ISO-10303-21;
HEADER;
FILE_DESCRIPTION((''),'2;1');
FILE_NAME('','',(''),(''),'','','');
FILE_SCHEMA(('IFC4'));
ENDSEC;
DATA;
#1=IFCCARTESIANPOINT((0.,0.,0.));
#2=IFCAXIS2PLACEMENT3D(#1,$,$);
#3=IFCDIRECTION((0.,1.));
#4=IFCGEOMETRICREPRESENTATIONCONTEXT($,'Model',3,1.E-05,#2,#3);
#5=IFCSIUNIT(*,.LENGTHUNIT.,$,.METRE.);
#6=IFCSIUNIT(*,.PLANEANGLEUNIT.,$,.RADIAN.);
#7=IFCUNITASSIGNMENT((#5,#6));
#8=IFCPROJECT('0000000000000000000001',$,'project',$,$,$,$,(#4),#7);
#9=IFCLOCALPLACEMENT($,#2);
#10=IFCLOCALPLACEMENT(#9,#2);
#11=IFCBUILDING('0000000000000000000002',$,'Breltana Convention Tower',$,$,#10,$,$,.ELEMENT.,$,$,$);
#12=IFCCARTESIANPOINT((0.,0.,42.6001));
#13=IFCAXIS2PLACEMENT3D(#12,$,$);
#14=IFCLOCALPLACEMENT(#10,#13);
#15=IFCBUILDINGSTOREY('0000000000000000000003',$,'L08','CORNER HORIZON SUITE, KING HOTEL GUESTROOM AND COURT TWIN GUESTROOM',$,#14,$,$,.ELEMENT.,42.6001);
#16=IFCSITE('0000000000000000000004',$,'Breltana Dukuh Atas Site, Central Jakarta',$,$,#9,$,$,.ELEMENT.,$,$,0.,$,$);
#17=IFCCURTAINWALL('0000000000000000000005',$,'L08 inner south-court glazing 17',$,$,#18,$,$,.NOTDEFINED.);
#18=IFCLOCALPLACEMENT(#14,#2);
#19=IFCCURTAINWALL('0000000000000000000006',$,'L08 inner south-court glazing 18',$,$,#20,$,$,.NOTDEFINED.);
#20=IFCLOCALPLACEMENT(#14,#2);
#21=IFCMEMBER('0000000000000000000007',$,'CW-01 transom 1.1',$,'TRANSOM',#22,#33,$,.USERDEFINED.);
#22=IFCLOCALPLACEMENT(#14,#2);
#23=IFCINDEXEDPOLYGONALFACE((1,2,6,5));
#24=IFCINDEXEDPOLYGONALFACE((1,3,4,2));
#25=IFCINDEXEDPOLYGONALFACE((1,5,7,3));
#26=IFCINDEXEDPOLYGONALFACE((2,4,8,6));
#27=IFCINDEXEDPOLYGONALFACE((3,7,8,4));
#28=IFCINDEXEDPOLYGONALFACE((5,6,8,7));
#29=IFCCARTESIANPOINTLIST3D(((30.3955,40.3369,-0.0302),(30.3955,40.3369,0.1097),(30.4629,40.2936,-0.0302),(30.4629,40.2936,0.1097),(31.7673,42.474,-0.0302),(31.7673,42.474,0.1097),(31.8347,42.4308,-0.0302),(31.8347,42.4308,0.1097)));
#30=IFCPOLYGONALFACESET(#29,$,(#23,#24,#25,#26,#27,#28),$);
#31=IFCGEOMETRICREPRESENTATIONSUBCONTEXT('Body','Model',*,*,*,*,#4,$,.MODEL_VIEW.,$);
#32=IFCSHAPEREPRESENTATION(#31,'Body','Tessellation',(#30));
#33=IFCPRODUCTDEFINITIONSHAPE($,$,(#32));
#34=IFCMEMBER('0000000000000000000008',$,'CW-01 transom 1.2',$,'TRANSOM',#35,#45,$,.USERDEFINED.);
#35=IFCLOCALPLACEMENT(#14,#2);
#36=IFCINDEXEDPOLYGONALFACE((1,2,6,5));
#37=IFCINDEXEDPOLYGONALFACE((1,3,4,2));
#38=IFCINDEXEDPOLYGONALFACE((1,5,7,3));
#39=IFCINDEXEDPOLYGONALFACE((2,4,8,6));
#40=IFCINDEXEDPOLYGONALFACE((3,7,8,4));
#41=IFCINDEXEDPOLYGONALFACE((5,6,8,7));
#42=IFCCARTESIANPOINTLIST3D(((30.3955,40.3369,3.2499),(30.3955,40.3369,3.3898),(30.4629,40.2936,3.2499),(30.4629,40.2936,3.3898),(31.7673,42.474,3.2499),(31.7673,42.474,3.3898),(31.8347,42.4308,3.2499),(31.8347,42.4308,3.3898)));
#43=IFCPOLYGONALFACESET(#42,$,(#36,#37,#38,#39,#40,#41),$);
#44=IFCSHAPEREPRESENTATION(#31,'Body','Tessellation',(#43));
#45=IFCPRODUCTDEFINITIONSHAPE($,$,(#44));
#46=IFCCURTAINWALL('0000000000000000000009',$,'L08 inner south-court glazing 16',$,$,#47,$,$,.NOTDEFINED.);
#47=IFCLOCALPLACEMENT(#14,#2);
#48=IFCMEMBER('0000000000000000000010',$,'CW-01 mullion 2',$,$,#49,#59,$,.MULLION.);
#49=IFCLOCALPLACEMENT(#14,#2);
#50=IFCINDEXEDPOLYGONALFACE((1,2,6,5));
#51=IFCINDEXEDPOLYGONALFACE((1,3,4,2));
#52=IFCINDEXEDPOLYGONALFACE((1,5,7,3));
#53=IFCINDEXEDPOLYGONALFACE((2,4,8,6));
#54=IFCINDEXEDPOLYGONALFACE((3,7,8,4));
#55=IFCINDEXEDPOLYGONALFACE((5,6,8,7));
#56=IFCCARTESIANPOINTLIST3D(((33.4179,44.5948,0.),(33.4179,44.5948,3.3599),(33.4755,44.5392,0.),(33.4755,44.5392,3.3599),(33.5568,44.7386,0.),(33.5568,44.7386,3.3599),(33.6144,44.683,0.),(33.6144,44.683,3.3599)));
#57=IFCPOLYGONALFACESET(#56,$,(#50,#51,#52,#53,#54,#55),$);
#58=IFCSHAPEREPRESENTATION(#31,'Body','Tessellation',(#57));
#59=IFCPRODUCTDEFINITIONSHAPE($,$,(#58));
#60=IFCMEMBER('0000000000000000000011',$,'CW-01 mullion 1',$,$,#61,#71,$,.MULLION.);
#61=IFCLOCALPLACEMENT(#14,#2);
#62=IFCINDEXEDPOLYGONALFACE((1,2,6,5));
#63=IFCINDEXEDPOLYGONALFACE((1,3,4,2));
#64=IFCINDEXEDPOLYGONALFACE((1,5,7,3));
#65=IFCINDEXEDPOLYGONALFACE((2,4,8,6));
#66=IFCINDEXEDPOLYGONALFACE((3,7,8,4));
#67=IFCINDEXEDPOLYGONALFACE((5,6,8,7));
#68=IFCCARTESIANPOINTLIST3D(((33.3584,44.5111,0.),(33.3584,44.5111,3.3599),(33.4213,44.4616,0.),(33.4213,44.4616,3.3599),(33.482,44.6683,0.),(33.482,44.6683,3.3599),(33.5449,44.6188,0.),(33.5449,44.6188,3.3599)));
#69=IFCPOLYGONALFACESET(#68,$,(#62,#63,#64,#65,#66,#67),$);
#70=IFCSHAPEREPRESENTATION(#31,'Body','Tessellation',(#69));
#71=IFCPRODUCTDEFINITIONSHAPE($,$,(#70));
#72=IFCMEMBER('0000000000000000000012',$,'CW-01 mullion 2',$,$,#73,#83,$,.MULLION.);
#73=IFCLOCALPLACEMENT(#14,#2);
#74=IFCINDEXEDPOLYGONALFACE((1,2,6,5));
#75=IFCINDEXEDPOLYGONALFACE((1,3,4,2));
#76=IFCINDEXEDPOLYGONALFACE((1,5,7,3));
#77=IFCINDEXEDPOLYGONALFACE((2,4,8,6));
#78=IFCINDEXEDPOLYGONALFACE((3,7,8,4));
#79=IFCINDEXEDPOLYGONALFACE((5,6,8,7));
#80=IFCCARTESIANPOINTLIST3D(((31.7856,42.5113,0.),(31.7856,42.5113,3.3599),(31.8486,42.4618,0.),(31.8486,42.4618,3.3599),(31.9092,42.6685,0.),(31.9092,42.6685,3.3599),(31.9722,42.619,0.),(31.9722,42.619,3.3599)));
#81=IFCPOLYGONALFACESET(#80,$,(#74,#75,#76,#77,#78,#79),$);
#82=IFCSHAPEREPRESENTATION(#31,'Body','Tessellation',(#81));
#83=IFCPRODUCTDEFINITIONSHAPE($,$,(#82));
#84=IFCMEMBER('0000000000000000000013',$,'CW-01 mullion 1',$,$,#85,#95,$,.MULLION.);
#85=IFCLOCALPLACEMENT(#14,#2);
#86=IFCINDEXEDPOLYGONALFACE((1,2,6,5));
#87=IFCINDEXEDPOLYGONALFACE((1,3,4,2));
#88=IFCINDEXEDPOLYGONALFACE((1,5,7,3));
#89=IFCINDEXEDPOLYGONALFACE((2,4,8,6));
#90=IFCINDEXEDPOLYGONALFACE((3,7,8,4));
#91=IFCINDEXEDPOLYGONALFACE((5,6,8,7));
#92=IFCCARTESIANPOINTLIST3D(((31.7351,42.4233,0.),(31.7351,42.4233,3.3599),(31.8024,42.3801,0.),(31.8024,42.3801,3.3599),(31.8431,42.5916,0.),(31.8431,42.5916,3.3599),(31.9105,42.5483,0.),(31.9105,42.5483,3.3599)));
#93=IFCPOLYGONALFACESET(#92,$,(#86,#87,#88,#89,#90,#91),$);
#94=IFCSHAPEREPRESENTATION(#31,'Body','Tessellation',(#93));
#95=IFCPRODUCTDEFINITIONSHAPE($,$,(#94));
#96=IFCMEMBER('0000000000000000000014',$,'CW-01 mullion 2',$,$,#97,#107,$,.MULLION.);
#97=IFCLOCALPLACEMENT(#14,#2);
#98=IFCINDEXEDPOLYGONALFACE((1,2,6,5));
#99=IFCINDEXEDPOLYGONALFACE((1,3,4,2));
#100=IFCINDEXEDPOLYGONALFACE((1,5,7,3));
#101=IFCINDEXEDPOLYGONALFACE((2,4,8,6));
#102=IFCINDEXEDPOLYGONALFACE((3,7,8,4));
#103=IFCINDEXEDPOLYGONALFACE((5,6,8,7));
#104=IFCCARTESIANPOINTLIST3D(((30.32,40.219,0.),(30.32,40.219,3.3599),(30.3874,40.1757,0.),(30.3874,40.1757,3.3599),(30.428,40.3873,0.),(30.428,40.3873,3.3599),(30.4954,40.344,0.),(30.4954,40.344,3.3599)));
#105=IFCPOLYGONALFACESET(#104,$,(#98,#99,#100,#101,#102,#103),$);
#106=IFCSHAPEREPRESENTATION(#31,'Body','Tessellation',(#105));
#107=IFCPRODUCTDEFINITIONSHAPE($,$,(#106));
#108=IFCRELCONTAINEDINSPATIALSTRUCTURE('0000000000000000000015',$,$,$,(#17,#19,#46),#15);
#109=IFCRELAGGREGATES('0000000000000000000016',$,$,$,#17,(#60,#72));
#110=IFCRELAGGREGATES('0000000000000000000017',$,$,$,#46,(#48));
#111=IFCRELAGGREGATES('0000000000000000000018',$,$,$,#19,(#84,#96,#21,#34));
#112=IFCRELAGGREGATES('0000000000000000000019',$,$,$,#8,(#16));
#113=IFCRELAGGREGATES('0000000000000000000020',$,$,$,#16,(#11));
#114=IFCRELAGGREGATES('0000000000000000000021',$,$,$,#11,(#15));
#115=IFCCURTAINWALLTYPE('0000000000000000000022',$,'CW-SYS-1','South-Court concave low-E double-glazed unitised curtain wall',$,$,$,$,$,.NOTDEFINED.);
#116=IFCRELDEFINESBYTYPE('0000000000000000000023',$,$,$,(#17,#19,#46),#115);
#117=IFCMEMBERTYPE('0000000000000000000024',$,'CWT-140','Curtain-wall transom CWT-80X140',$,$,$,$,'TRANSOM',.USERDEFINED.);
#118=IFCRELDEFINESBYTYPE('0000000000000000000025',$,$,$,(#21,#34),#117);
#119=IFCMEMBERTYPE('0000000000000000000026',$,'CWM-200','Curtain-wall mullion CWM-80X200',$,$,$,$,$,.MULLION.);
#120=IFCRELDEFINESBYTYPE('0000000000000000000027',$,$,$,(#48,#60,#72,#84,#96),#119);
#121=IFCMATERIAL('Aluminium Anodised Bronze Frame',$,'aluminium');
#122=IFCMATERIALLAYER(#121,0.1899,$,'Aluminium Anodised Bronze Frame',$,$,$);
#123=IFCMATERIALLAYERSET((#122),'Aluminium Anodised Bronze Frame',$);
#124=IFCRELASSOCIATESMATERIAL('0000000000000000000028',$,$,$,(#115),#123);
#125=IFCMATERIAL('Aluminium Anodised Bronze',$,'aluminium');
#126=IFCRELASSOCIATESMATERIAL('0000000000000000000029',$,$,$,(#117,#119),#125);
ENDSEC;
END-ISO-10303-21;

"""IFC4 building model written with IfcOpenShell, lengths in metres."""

from ifc_helpers import new_model, si_unit, direction, frame, origin, origin_2d, place, context, subcontext, project, spatial, rectangle, extrude, source, transform, mapped, material, layer, layer_set, material_profile, profile_set, type_object, element, aggregate, save


model = new_model("IFC4")

# Units and contexts
model_context = context("Model", 3, precision=1e-05, world=origin(), true_north=direction((0.0, 1.0)))
body_context = subcontext(model_context, "Body", "Model", "MODEL_VIEW")
ifc_project = project(units=[si_unit("LENGTHUNIT", "METRE"), si_unit("PLANEANGLEUNIT", "RADIAN")], contexts=[model_context])

# Site, building, storey
site_placement = place(None, origin())
site = spatial("IfcSite", under=ifc_project, at=site_placement, Name="Breltana Dukuh Atas Site, Central Jakarta", CompositionType="ELEMENT", RefElevation=0.0)
building_placement = place(site_placement, origin())
building = spatial("IfcBuilding", under=site, at=building_placement, Name="Breltana Convention Tower", CompositionType="ELEMENT")
storey_placement = place(building_placement, frame((0.0, 0.0, 42.6001)))
storey = spatial("IfcBuildingStorey", under=building, at=storey_placement, Name="L08", Description="CORNER HORIZON SUITE, KING HOTEL GUESTROOM AND COURT TWIN GUESTROOM", CompositionType="ELEMENT", Elevation=42.6001)

# Curtain walls, members
ifc_material_1 = material(Name="Aluminium Anodised Bronze Frame", Category="aluminium")
ifc_layer_1 = layer(ifc_material_1, 0.1899, Name="Aluminium Anodised Bronze Frame")
ifc_layer_set_1 = layer_set([ifc_layer_1], Name="Aluminium Anodised Bronze Frame")
curtain_wall_type = type_object("IfcCurtainWallType", Name="CW-SYS-1", Description="South-Court concave low-E double-glazed unitised curtain wall", PredefinedType="NOTDEFINED", material=ifc_layer_set_1)
curtain_wall_1_placement = place(storey_placement, origin())
curtain_wall_1 = element("IfcCurtainWall", 1, at=curtain_wall_1_placement, inside=storey, type_object=curtain_wall_type, Name="L08 inner south-court glazing 17", PredefinedType="NOTDEFINED")
ifc_material_2 = material(Name="Aluminium Anodised Bronze", Category="aluminium")
ifc_material_profile_1 = material_profile(ifc_material_2, rectangle(XDim=0.0801, YDim=0.1399, at=origin_2d()), Name="CWT-80X140")
ifc_profile_set_1 = profile_set([ifc_material_profile_1], Name="Aluminium Anodised Bronze")
member_type_1 = type_object("IfcMemberType", Name="CWT-140", Description="Curtain-wall transom CWT-80X140", ElementType="TRANSOM", PredefinedType="USERDEFINED", material=ifc_profile_set_1)
curtain_wall_2_placement = place(storey_placement, origin())
curtain_wall_2 = element("IfcCurtainWall", 2, at=curtain_wall_2_placement, inside=storey, type_object=curtain_wall_type, Name="L08 inner south-court glazing 18", PredefinedType="NOTDEFINED")
shared_shape_1 = source(origin(), body_context, "Body", "SweptSolid", [
    extrude(rectangle(XDim=0.0801, YDim=0.1399, at=origin_2d()), origin(), (0.0, 0.0, 1.0), 2.5396),
])
member_1_placement = place(storey_placement, frame((31.801, 42.4524, 0.0398), z_axis=(-0.540174, -0.841553, 0.0), x_axis=(0.841553, -0.540174, 0.0)))
member_1 = element("IfcMember", 3, at=member_1_placement, type_object=member_type_1, Name="CW-01 transom 1.1", ObjectType="TRANSOM", PredefinedType="USERDEFINED", context=body_context, shape_type="MappedRepresentation", body=[
    mapped(shared_shape_1, transform((0.0, 0.0, 0.0), scale=1.0)),
])
member_2_placement = place(storey_placement, frame((31.801, 42.4524, 3.3198), z_axis=(-0.540174, -0.841553, 0.0), x_axis=(0.841553, -0.540174, 0.0)))
member_2 = element("IfcMember", 4, at=member_2_placement, type_object=member_type_1, Name="CW-01 transom 1.2", ObjectType="TRANSOM", PredefinedType="USERDEFINED", context=body_context, shape_type="MappedRepresentation", body=[
    mapped(shared_shape_1, transform((0.0, 0.0, 0.0), scale=1.0)),
])

# Curtain wall, member
curtain_wall_3_placement = place(storey_placement, origin())
curtain_wall_3 = element("IfcCurtainWall", 5, at=curtain_wall_3_placement, inside=storey, type_object=curtain_wall_type, Name="L08 inner south-court glazing 16", PredefinedType="NOTDEFINED")
ifc_material_profile_2 = material_profile(ifc_material_2, rectangle(XDim=0.0801, YDim=0.2, at=origin_2d()), Name="CWM-80X200")
ifc_profile_set_2 = profile_set([ifc_material_profile_2], Name="Aluminium Anodised Bronze")
member_type_2 = type_object("IfcMemberType", Name="CWM-200", Description="Curtain-wall mullion CWM-80X200", PredefinedType="MULLION", material=ifc_profile_set_2)
shared_shape_2 = source(origin(), body_context, "Body", "SweptSolid", [
    extrude(rectangle(XDim=0.0801, YDim=0.2, at=origin_2d()), origin(), (0.0, 0.0, 1.0), 3.3599),
])
member_3_placement = place(storey_placement, frame((33.5161, 44.6389, 0.0), z_axis=(0.0, 0.0, 1.0), x_axis=(0.719385, -0.694612, 0.0)))
member_3 = element("IfcMember", 6, at=member_3_placement, type_object=member_type_2, Name="CW-01 mullion 2", PredefinedType="MULLION", context=body_context, shape_type="MappedRepresentation", body=[
    mapped(shared_shape_2, transform((0.0, 0.0, 0.0), scale=1.0)),
])

# Members
member_4_placement = place(storey_placement, frame((33.4517, 44.5649, 0.0), z_axis=(0.0, 0.0, 1.0), x_axis=(0.786058, -0.618153, 0.0)))
member_4 = element("IfcMember", 7, at=member_4_placement, type_object=member_type_2, Name="CW-01 mullion 1", PredefinedType="MULLION", context=body_context, shape_type="MappedRepresentation", body=[
    mapped(shared_shape_2, transform((0.0, 0.0, 0.0), scale=1.0)),
])
member_5_placement = place(storey_placement, frame((31.8789, 42.5652, 0.0), z_axis=(0.0, 0.0, 1.0), x_axis=(0.786058, -0.618153, 0.0)))
member_5 = element("IfcMember", 8, at=member_5_placement, type_object=member_type_2, Name="CW-01 mullion 2", PredefinedType="MULLION", context=body_context, shape_type="MappedRepresentation", body=[
    mapped(shared_shape_2, transform((0.0, 0.0, 0.0), scale=1.0)),
])
member_6_placement = place(storey_placement, frame((31.8228, 42.4858, 0.0), z_axis=(0.0, 0.0, 1.0), x_axis=(0.841556, -0.54017, 0.0)))
member_6 = element("IfcMember", 9, at=member_6_placement, type_object=member_type_2, Name="CW-01 mullion 1", PredefinedType="MULLION", context=body_context, shape_type="MappedRepresentation", body=[
    mapped(shared_shape_2, transform((0.0, 0.0, 0.0), scale=1.0)),
])
member_7_placement = place(storey_placement, frame((30.4077, 40.2815, 0.0), z_axis=(0.0, 0.0, 1.0), x_axis=(0.841556, -0.54017, 0.0)))
member_7 = element("IfcMember", 10, at=member_7_placement, type_object=member_type_2, Name="CW-01 mullion 2", PredefinedType="MULLION", context=body_context, shape_type="MappedRepresentation", body=[
    mapped(shared_shape_2, transform((0.0, 0.0, 0.0), scale=1.0)),
])

aggregate(curtain_wall_1, [member_4, member_5])
aggregate(curtain_wall_3, [member_3])
aggregate(curtain_wall_2, [member_6, member_7, member_1, member_2])

save(model, "model.ifc")
